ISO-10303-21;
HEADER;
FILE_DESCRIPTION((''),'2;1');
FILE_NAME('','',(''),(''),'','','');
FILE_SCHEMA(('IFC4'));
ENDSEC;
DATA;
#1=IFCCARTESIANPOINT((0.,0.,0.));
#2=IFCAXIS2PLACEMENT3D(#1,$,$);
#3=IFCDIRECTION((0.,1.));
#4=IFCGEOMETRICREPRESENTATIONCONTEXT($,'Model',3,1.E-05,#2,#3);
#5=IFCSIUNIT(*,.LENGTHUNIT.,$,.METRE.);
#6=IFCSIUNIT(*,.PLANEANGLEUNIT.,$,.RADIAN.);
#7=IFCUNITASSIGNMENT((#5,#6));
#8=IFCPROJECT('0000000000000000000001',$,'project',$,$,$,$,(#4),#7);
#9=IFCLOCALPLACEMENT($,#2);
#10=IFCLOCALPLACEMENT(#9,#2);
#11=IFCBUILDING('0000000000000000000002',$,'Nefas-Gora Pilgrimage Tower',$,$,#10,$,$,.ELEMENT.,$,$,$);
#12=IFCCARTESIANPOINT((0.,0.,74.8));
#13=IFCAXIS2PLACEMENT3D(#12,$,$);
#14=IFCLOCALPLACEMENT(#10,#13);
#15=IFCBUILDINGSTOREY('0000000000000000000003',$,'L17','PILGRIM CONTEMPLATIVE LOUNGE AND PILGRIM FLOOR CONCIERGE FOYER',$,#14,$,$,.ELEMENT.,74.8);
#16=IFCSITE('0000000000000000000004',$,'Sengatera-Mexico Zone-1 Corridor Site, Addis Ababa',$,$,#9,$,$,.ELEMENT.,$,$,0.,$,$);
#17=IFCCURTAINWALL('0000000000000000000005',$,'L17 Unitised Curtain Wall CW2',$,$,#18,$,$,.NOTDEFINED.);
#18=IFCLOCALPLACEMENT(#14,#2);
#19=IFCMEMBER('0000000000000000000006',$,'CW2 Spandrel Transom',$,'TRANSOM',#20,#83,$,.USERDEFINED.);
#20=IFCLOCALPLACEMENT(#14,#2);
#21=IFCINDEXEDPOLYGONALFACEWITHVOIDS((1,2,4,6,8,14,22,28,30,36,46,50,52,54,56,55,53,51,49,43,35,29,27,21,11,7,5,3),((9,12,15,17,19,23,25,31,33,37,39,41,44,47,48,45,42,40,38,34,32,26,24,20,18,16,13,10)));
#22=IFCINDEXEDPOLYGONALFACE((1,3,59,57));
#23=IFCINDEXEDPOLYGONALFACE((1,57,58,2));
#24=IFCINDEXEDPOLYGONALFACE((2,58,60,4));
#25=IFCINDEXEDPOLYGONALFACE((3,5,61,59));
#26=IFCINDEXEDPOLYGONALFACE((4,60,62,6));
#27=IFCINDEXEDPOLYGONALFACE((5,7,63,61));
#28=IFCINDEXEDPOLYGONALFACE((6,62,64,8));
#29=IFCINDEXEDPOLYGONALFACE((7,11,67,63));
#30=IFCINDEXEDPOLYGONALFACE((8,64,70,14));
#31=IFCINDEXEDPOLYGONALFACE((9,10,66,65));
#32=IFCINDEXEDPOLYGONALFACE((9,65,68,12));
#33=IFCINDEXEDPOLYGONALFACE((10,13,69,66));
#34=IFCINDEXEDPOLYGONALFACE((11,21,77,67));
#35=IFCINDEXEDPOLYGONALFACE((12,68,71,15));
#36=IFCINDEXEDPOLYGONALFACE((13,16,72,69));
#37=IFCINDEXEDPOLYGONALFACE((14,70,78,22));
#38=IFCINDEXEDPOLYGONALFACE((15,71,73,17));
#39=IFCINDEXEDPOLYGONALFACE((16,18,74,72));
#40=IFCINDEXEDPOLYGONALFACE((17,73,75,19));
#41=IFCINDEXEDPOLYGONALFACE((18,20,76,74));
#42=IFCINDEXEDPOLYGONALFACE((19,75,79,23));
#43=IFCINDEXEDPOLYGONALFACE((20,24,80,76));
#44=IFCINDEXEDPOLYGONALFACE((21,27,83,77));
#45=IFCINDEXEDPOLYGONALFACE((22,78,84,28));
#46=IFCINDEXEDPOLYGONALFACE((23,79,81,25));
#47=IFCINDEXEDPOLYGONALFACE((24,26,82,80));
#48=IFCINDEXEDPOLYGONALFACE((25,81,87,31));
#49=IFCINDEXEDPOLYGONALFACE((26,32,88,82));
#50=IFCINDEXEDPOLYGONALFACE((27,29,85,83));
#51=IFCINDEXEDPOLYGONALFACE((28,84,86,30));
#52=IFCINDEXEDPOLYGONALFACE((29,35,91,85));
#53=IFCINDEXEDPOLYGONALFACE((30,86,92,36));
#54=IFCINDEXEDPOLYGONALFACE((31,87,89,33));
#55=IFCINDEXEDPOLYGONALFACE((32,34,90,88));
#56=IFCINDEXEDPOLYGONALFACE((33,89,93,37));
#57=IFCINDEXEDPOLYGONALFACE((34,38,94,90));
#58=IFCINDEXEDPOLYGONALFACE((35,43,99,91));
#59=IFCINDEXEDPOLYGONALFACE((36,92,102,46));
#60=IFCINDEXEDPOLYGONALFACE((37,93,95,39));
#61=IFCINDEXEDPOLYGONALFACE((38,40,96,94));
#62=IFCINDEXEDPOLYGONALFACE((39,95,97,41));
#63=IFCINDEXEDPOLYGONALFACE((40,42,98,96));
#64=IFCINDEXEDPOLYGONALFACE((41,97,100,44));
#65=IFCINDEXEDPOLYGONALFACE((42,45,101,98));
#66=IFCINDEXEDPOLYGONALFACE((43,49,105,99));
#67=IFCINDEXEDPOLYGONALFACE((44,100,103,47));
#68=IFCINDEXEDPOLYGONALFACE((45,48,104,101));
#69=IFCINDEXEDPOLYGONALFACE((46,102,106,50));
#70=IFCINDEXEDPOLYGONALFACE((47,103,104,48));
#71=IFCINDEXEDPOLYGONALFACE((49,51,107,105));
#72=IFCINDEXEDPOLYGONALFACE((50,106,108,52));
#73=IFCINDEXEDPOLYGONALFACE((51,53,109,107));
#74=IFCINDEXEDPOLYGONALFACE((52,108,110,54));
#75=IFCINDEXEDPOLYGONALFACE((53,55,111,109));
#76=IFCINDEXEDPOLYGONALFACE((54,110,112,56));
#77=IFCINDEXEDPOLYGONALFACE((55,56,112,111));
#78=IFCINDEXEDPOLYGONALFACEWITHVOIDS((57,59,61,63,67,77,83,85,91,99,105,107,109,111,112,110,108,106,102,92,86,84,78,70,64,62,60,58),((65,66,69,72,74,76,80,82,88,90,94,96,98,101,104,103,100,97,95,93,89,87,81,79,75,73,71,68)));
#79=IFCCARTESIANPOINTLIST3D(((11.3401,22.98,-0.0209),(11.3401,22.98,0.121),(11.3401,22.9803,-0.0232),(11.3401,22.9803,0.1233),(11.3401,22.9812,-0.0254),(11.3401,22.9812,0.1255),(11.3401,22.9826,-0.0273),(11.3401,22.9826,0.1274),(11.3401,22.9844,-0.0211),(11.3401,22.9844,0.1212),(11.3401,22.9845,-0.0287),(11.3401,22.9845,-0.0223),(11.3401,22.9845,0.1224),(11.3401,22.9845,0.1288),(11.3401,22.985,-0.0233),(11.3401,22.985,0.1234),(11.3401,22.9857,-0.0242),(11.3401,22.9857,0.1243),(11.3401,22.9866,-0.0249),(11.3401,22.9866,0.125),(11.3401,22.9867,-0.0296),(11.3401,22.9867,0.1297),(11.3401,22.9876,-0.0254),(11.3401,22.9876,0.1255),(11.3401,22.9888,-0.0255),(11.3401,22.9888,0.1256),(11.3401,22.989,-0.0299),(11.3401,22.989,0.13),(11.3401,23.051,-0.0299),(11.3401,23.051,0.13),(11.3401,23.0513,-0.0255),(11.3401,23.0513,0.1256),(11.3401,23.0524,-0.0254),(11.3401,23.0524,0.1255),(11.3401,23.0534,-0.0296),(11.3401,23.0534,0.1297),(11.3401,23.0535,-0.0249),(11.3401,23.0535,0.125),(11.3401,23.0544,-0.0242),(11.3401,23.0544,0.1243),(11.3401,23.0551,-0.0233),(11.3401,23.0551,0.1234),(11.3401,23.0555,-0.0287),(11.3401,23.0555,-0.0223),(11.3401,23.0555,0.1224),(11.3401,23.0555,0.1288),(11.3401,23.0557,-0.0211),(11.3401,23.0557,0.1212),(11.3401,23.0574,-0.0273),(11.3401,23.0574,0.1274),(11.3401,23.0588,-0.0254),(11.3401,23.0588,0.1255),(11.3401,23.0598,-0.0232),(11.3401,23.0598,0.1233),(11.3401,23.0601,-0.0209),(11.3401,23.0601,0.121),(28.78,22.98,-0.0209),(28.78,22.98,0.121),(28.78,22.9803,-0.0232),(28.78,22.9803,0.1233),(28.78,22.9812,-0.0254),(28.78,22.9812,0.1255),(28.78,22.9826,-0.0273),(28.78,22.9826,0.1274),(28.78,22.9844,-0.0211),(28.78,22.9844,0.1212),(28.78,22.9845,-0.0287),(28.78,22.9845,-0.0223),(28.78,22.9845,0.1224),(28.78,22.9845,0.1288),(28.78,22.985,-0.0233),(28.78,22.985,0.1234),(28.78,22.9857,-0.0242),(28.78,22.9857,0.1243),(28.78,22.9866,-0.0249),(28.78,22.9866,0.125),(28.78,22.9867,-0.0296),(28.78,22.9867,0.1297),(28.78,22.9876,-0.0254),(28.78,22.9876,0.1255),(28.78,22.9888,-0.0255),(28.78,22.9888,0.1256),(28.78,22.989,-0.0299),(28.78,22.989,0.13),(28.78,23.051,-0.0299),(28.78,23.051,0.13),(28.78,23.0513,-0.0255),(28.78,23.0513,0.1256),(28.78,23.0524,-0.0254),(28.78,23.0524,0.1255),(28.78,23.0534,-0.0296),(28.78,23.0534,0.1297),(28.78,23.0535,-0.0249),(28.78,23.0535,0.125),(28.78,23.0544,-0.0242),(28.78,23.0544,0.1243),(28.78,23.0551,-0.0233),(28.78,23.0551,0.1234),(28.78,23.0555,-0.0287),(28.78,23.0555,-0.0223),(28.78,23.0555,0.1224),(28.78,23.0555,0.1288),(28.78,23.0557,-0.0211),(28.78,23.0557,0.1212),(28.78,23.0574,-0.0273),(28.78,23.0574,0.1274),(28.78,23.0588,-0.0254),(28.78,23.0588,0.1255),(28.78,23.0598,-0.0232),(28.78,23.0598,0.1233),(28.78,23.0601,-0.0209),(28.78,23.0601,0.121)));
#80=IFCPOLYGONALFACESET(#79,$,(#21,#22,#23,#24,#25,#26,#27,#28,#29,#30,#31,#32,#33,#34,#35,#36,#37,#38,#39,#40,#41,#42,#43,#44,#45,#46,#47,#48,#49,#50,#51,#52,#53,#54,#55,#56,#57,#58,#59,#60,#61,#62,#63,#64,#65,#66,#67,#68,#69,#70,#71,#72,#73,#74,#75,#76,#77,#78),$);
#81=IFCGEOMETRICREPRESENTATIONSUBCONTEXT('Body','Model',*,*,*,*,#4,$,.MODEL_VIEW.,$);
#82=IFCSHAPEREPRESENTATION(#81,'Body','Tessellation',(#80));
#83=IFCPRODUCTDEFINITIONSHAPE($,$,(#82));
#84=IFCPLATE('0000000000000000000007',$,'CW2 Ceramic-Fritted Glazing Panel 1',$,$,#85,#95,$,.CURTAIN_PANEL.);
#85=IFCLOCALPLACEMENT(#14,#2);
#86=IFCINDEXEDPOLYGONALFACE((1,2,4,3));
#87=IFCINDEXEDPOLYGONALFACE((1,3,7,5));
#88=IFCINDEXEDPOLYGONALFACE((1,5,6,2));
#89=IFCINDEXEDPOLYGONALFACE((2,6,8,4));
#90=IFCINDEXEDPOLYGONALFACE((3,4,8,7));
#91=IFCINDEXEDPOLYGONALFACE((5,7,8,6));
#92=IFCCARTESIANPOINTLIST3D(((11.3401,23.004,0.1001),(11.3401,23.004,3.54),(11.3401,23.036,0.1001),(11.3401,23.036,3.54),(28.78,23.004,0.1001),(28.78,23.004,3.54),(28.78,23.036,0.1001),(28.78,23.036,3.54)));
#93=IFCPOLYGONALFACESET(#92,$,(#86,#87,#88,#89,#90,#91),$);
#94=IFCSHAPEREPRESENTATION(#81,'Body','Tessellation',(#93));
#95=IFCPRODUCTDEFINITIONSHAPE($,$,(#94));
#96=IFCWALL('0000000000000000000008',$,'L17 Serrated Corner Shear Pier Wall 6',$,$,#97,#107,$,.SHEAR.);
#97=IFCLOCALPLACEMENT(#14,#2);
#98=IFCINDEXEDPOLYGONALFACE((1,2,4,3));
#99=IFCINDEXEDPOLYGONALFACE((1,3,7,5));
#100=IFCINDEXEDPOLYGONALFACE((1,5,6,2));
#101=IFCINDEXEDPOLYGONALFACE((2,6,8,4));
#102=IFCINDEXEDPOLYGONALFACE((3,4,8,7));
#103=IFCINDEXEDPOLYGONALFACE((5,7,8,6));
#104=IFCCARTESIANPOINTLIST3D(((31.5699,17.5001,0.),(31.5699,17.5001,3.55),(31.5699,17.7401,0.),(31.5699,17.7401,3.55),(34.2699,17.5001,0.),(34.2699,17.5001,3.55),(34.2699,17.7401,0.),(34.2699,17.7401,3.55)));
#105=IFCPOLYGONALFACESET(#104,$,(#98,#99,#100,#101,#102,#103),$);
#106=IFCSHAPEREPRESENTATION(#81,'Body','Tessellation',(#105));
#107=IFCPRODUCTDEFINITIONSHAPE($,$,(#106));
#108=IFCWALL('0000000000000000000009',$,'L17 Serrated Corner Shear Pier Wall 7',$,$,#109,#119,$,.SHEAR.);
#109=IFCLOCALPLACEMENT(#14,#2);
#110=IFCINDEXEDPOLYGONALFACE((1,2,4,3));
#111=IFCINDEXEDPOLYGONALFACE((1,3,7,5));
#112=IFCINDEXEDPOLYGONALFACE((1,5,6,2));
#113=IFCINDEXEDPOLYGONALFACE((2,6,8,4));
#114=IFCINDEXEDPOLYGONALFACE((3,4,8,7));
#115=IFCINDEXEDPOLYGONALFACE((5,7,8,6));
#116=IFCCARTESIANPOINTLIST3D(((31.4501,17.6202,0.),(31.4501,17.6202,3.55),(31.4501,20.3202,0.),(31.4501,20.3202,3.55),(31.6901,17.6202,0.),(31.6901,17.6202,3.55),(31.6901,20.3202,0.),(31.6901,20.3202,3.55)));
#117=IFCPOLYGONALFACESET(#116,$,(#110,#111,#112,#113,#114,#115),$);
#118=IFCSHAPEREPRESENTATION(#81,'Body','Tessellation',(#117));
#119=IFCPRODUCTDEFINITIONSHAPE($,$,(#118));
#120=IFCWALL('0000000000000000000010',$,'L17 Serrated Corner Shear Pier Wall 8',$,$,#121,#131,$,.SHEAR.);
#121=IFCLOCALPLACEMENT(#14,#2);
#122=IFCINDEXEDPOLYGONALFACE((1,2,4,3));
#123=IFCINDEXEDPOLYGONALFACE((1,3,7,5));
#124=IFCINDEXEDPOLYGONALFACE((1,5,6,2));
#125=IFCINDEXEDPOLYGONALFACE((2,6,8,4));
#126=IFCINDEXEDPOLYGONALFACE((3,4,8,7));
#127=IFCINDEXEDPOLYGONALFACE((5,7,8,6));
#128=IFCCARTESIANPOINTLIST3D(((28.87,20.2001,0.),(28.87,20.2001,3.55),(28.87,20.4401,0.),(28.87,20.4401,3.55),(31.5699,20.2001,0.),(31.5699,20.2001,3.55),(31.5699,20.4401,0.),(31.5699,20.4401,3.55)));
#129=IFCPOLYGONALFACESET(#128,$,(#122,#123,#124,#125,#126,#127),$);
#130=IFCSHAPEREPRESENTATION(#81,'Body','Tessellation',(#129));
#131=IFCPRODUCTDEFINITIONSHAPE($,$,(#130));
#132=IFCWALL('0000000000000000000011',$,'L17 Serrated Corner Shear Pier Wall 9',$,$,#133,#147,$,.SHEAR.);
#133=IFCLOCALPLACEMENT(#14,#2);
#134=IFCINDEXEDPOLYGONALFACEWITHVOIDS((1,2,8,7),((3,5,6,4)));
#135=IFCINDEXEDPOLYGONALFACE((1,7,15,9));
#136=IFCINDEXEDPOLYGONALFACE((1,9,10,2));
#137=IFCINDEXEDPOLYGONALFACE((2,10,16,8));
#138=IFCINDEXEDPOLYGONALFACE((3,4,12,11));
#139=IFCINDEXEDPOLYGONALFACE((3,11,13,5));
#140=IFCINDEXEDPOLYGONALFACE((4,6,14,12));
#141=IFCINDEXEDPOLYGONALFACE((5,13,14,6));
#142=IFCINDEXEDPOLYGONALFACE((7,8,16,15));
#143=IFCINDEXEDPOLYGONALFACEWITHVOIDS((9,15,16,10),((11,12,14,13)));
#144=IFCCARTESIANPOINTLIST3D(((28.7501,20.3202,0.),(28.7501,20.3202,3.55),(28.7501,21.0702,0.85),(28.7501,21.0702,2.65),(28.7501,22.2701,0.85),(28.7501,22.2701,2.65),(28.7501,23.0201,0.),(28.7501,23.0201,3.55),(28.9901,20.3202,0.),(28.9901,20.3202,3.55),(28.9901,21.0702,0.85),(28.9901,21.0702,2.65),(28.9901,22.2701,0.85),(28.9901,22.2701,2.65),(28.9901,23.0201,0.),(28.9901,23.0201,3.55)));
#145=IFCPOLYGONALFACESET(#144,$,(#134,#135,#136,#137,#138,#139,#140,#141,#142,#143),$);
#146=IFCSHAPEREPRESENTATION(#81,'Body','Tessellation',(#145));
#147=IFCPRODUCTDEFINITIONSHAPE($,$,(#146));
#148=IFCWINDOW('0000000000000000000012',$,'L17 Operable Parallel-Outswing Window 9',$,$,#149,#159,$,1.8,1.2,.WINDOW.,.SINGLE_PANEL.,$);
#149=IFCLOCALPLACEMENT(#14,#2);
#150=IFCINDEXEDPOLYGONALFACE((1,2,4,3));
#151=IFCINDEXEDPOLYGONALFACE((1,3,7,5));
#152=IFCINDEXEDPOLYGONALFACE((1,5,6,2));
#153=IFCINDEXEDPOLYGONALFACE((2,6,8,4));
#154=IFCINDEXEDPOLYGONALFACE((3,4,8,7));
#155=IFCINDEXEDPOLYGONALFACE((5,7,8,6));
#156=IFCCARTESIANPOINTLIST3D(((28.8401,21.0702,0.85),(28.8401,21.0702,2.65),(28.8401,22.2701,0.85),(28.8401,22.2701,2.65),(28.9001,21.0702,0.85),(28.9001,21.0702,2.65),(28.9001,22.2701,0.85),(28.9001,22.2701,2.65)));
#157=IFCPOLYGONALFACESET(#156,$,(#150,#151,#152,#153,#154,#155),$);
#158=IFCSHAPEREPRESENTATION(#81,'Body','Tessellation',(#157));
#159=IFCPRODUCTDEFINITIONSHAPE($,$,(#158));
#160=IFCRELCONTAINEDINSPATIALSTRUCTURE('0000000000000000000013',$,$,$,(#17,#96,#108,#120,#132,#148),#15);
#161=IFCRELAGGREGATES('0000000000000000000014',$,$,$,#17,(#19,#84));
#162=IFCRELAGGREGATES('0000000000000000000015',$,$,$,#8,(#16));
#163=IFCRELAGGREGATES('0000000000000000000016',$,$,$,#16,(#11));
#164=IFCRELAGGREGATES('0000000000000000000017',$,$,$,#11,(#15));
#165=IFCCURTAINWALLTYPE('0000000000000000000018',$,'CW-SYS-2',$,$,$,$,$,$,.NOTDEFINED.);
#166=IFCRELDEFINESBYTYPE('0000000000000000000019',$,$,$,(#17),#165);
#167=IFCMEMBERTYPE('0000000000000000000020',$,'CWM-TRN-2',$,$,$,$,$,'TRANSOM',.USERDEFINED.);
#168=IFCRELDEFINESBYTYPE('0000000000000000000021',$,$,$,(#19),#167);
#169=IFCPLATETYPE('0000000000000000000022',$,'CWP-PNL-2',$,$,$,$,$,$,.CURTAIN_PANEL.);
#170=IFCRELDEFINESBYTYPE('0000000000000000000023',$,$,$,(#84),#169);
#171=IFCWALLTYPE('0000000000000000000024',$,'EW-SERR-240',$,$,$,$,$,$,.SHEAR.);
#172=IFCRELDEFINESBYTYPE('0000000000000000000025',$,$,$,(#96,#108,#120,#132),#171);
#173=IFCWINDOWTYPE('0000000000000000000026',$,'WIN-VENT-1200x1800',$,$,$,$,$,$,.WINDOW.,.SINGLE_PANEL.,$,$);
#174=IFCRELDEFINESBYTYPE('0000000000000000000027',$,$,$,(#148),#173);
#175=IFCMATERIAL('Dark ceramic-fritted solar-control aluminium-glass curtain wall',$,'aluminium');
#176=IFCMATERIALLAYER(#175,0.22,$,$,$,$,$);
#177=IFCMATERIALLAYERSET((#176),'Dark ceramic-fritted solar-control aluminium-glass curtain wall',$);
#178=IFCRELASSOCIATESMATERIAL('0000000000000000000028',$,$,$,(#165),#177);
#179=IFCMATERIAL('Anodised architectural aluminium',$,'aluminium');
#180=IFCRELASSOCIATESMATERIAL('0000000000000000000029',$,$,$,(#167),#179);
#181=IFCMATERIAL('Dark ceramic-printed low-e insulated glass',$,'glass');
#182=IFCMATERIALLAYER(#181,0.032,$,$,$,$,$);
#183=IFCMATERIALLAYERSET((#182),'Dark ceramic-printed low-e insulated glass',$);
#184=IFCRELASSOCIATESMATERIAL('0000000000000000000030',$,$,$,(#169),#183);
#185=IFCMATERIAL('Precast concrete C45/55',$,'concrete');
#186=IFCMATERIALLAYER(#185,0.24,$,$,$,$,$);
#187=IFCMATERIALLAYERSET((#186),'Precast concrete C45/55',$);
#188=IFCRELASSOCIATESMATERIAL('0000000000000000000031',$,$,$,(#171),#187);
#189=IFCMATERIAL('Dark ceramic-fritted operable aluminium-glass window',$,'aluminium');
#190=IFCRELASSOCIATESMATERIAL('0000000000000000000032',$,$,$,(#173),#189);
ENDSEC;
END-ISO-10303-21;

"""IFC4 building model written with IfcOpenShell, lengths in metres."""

from ifc_helpers import new_model, si_unit, direction, frame, frame_2d, origin, origin_2d, place, context, subcontext, project, spatial, rectangle, hollow_rectangle, extrude, source, transform, mapped, material, layer, layer_set, material_profile, profile_set, type_object, element, fill, aggregate, save


model = new_model("IFC4")

# Units and contexts
model_context = context("Model", 3, precision=1e-05, world=origin(), true_north=direction((0.0, 1.0)))
body_context = subcontext(model_context, "Body", "Model", "MODEL_VIEW")
ifc_project = project(units=[si_unit("LENGTHUNIT", "METRE"), si_unit("PLANEANGLEUNIT", "RADIAN")], contexts=[model_context])

# Site, building, storey
site_placement = place(None, origin())
site = spatial("IfcSite", under=ifc_project, at=site_placement, Name="Sengatera-Mexico Zone-1 Corridor Site, Addis Ababa", CompositionType="ELEMENT", RefElevation=0.0)
building_placement = place(site_placement, origin())
building = spatial("IfcBuilding", under=site, at=building_placement, Name="Nefas-Gora Pilgrimage Tower", CompositionType="ELEMENT")
storey_placement = place(building_placement, frame((0.0, 0.0, 74.8)))
storey = spatial("IfcBuildingStorey", under=building, at=storey_placement, Name="L17", Description="PILGRIM CONTEMPLATIVE LOUNGE AND PILGRIM FLOOR CONCIERGE FOYER", CompositionType="ELEMENT", Elevation=74.8)

# Shared definitions
ifc_material_1 = material(Name="Dark ceramic-fritted solar-control aluminium-glass curtain wall", Category="aluminium")
ifc_layer_1 = layer(ifc_material_1, 0.22)
ifc_layer_set_1 = layer_set([ifc_layer_1], Name="Dark ceramic-fritted solar-control aluminium-glass curtain wall")
curtain_wall_type = type_object("IfcCurtainWallType", Name="CW-SYS-2", PredefinedType="NOTDEFINED", material=ifc_layer_set_1)
ifc_material_2 = material(Name="Anodised architectural aluminium", Category="aluminium")

# Curtain wall, member, plate
curtain_wall_1_placement = place(storey_placement, origin())
curtain_wall_1 = element("IfcCurtainWall", 1, at=curtain_wall_1_placement, inside=storey, type_object=curtain_wall_type, Name="L17 Unitised Curtain Wall CW2", PredefinedType="NOTDEFINED")
ifc_material_profile_1 = material_profile(ifc_material_2, hollow_rectangle(XDim=0.0801, YDim=0.1599, WallThickness=0.0044, InnerFilletRadius=0.0044, OuterFilletRadius=0.009, at=origin_2d()), Name="ALU TRANSOM 80x160")
ifc_profile_set_1 = profile_set([ifc_material_profile_1], Name="Anodised architectural aluminium")
member_type_1 = type_object("IfcMemberType", Name="CWM-TRN-2", ElementType="TRANSOM", PredefinedType="USERDEFINED", material=ifc_profile_set_1)
shared_shape_1 = source(origin(), body_context, "Body", "SweptSolid", [
    extrude(hollow_rectangle(XDim=0.0801, YDim=0.1599, WallThickness=0.0044, InnerFilletRadius=0.0044, OuterFilletRadius=0.009, at=origin_2d()), origin(), (0.0, 0.0, 1.0), 17.4399),
])
member_1_placement = place(storey_placement, frame((28.78, 23.02, 0.05), z_axis=(-1.0, 0.0, 0.0), x_axis=(0.0, -1.0, 0.0)))
member_1 = element("IfcMember", 2, at=member_1_placement, type_object=member_type_1, Name="CW2 Spandrel Transom", ObjectType="TRANSOM", PredefinedType="USERDEFINED", context=body_context, shape_type="MappedRepresentation", body=[
    mapped(shared_shape_1, transform((0.0, 0.0, 0.0), x_axis=(1.0, 0.0, 0.0), y_axis=(0.0, 1.0, 0.0), z_axis=(0.0, 0.0, 1.0), scale=1.0)),
])
ifc_material_3 = material(Name="Dark ceramic-printed low-e insulated glass", Category="glass")
ifc_layer_2 = layer(ifc_material_3, 0.032)
ifc_layer_set_2 = layer_set([ifc_layer_2], Name="Dark ceramic-printed low-e insulated glass")
plate_type = type_object("IfcPlateType", Name="CWP-PNL-2", PredefinedType="CURTAIN_PANEL", material=ifc_layer_set_2)
shared_shape_2 = source(origin(), body_context, "Body", "SweptSolid", [
    extrude(rectangle(XDim=17.4399, YDim=0.032, at=origin_2d()), origin(), (0.0, 0.0, 1.0), 3.4399),
])
plate_placement = place(storey_placement, frame((20.0601, 23.02, 0.1001), z_axis=(0.0, 0.0, 1.0), x_axis=(-1.0, 0.0, 0.0)))
plate = element("IfcPlate", 3, at=plate_placement, type_object=plate_type, Name="CW2 Ceramic-Fritted Glazing Panel 1", PredefinedType="CURTAIN_PANEL", context=body_context, shape_type="MappedRepresentation", body=[
    mapped(shared_shape_2, transform((0.0, 0.0, 0.0), x_axis=(1.0, 0.0, 0.0), y_axis=(0.0, 1.0, 0.0), z_axis=(0.0, 0.0, 1.0), scale=1.0)),
])
aggregate(curtain_wall_1, [member_1, plate])

# Walls
ifc_material_4 = material(Name="Precast concrete C45/55", Category="concrete")
ifc_layer_3 = layer(ifc_material_4, 0.24)
ifc_layer_set_3 = layer_set([ifc_layer_3], Name="Precast concrete C45/55")
wall_type = type_object("IfcWallType", Name="EW-SERR-240", PredefinedType="SHEAR", material=ifc_layer_set_3)
shared_shape_3 = source(origin(), body_context, "Body", "SweptSolid", [
    extrude(rectangle(XDim=2.7, YDim=0.24, at=frame_2d((1.3501, 0.0))), origin(), (0.0, 0.0, 1.0), 3.55),
])
for number, where, z_axis, x_axis, name in (
    (4, (34.27, 17.6201, 0.0), (0.0, 0.0, 1.0), (-1.0, 0.0, 0.0), "L17 Serrated Corner Shear Pier Wall 6"),
    (5, (31.5701, 17.6201, 0.0), (0.0, 0.0, 1.0), (0.0, 1.0, 0.0), "L17 Serrated Corner Shear Pier Wall 7"),
    (6, (31.5701, 20.3201, 0.0), (0.0, 0.0, 1.0), (-1.0, 0.0, 0.0), "L17 Serrated Corner Shear Pier Wall 8"),
):
    element("IfcWall", number, at=place(storey_placement, frame(where, z_axis=z_axis, x_axis=x_axis)), inside=storey, type_object=wall_type, Name=name, PredefinedType="SHEAR", context=body_context, shape_type="MappedRepresentation", body=[
        mapped(shared_shape_3, transform((0.0, 0.0, 0.0), x_axis=(1.0, 0.0, 0.0), y_axis=(0.0, 1.0, 0.0), z_axis=(0.0, 0.0, 1.0), scale=1.0)),
    ])

# Wall, opening, window
wall_placement = place(storey_placement, frame((28.8701, 20.3201, 0.0), z_axis=(0.0, 0.0, 1.0), x_axis=(0.0, 1.0, 0.0)))
wall = element("IfcWall", 7, at=wall_placement, inside=storey, type_object=wall_type, Name="L17 Serrated Corner Shear Pier Wall 9", PredefinedType="SHEAR", context=body_context, shape_type="MappedRepresentation", body=[
    mapped(shared_shape_3, transform((0.0, 0.0, 0.0), x_axis=(1.0, 0.0, 0.0), y_axis=(0.0, 1.0, 0.0), z_axis=(0.0, 0.0, 1.0), scale=1.0)),
])
opening_placement = place(wall_placement, frame((0.75, 0.0, 0.8501)))
opening = element("IfcOpeningElement", 8, at=opening_placement, cuts=wall, PredefinedType="OPENING", context=body_context, shape_type="SweptSolid", body=[
    extrude(rectangle(XDim=1.2, YDim=1.8, at=frame_2d((0.6001, 0.8999))), frame((0.0, 0.1299, 0.0), z_axis=(0.0, -1.0, 0.0), x_axis=(1.0, 0.0, 0.0)), (0.0, 0.0, 1.0), 0.26),
])
ifc_material_5 = material(Name="Dark ceramic-fritted operable aluminium-glass window", Category="aluminium")
window_type = type_object("IfcWindowType", Name="WIN-VENT-1200x1800", PartitioningType="SINGLE_PANEL", PredefinedType="WINDOW", material=ifc_material_5)
shared_shape_4 = source(origin(), body_context, "Body", "SweptSolid", [
    extrude(rectangle(XDim=1.2, YDim=1.8, at=frame_2d((0.6001, 0.8999))), frame((0.0, 0.03, 0.0), z_axis=(0.0, -1.0, 0.0), x_axis=(1.0, 0.0, 0.0)), (0.0, 0.0, 1.0), 0.0601),
])
window_placement = place(opening_placement, origin())
window = element("IfcWindow", 9, at=window_placement, inside=storey, type_object=window_type, Name="L17 Operable Parallel-Outswing Window 9", OverallHeight=1.8, OverallWidth=1.2, PartitioningType="SINGLE_PANEL", PredefinedType="WINDOW", context=body_context, shape_type="MappedRepresentation", body=[
    mapped(shared_shape_4, transform((0.0, 0.0, 0.0), x_axis=(1.0, 0.0, 0.0), y_axis=(0.0, 1.0, 0.0), z_axis=(0.0, 0.0, 1.0), scale=1.0)),
])
fill(opening, window)

save(model, "model.ifc")
